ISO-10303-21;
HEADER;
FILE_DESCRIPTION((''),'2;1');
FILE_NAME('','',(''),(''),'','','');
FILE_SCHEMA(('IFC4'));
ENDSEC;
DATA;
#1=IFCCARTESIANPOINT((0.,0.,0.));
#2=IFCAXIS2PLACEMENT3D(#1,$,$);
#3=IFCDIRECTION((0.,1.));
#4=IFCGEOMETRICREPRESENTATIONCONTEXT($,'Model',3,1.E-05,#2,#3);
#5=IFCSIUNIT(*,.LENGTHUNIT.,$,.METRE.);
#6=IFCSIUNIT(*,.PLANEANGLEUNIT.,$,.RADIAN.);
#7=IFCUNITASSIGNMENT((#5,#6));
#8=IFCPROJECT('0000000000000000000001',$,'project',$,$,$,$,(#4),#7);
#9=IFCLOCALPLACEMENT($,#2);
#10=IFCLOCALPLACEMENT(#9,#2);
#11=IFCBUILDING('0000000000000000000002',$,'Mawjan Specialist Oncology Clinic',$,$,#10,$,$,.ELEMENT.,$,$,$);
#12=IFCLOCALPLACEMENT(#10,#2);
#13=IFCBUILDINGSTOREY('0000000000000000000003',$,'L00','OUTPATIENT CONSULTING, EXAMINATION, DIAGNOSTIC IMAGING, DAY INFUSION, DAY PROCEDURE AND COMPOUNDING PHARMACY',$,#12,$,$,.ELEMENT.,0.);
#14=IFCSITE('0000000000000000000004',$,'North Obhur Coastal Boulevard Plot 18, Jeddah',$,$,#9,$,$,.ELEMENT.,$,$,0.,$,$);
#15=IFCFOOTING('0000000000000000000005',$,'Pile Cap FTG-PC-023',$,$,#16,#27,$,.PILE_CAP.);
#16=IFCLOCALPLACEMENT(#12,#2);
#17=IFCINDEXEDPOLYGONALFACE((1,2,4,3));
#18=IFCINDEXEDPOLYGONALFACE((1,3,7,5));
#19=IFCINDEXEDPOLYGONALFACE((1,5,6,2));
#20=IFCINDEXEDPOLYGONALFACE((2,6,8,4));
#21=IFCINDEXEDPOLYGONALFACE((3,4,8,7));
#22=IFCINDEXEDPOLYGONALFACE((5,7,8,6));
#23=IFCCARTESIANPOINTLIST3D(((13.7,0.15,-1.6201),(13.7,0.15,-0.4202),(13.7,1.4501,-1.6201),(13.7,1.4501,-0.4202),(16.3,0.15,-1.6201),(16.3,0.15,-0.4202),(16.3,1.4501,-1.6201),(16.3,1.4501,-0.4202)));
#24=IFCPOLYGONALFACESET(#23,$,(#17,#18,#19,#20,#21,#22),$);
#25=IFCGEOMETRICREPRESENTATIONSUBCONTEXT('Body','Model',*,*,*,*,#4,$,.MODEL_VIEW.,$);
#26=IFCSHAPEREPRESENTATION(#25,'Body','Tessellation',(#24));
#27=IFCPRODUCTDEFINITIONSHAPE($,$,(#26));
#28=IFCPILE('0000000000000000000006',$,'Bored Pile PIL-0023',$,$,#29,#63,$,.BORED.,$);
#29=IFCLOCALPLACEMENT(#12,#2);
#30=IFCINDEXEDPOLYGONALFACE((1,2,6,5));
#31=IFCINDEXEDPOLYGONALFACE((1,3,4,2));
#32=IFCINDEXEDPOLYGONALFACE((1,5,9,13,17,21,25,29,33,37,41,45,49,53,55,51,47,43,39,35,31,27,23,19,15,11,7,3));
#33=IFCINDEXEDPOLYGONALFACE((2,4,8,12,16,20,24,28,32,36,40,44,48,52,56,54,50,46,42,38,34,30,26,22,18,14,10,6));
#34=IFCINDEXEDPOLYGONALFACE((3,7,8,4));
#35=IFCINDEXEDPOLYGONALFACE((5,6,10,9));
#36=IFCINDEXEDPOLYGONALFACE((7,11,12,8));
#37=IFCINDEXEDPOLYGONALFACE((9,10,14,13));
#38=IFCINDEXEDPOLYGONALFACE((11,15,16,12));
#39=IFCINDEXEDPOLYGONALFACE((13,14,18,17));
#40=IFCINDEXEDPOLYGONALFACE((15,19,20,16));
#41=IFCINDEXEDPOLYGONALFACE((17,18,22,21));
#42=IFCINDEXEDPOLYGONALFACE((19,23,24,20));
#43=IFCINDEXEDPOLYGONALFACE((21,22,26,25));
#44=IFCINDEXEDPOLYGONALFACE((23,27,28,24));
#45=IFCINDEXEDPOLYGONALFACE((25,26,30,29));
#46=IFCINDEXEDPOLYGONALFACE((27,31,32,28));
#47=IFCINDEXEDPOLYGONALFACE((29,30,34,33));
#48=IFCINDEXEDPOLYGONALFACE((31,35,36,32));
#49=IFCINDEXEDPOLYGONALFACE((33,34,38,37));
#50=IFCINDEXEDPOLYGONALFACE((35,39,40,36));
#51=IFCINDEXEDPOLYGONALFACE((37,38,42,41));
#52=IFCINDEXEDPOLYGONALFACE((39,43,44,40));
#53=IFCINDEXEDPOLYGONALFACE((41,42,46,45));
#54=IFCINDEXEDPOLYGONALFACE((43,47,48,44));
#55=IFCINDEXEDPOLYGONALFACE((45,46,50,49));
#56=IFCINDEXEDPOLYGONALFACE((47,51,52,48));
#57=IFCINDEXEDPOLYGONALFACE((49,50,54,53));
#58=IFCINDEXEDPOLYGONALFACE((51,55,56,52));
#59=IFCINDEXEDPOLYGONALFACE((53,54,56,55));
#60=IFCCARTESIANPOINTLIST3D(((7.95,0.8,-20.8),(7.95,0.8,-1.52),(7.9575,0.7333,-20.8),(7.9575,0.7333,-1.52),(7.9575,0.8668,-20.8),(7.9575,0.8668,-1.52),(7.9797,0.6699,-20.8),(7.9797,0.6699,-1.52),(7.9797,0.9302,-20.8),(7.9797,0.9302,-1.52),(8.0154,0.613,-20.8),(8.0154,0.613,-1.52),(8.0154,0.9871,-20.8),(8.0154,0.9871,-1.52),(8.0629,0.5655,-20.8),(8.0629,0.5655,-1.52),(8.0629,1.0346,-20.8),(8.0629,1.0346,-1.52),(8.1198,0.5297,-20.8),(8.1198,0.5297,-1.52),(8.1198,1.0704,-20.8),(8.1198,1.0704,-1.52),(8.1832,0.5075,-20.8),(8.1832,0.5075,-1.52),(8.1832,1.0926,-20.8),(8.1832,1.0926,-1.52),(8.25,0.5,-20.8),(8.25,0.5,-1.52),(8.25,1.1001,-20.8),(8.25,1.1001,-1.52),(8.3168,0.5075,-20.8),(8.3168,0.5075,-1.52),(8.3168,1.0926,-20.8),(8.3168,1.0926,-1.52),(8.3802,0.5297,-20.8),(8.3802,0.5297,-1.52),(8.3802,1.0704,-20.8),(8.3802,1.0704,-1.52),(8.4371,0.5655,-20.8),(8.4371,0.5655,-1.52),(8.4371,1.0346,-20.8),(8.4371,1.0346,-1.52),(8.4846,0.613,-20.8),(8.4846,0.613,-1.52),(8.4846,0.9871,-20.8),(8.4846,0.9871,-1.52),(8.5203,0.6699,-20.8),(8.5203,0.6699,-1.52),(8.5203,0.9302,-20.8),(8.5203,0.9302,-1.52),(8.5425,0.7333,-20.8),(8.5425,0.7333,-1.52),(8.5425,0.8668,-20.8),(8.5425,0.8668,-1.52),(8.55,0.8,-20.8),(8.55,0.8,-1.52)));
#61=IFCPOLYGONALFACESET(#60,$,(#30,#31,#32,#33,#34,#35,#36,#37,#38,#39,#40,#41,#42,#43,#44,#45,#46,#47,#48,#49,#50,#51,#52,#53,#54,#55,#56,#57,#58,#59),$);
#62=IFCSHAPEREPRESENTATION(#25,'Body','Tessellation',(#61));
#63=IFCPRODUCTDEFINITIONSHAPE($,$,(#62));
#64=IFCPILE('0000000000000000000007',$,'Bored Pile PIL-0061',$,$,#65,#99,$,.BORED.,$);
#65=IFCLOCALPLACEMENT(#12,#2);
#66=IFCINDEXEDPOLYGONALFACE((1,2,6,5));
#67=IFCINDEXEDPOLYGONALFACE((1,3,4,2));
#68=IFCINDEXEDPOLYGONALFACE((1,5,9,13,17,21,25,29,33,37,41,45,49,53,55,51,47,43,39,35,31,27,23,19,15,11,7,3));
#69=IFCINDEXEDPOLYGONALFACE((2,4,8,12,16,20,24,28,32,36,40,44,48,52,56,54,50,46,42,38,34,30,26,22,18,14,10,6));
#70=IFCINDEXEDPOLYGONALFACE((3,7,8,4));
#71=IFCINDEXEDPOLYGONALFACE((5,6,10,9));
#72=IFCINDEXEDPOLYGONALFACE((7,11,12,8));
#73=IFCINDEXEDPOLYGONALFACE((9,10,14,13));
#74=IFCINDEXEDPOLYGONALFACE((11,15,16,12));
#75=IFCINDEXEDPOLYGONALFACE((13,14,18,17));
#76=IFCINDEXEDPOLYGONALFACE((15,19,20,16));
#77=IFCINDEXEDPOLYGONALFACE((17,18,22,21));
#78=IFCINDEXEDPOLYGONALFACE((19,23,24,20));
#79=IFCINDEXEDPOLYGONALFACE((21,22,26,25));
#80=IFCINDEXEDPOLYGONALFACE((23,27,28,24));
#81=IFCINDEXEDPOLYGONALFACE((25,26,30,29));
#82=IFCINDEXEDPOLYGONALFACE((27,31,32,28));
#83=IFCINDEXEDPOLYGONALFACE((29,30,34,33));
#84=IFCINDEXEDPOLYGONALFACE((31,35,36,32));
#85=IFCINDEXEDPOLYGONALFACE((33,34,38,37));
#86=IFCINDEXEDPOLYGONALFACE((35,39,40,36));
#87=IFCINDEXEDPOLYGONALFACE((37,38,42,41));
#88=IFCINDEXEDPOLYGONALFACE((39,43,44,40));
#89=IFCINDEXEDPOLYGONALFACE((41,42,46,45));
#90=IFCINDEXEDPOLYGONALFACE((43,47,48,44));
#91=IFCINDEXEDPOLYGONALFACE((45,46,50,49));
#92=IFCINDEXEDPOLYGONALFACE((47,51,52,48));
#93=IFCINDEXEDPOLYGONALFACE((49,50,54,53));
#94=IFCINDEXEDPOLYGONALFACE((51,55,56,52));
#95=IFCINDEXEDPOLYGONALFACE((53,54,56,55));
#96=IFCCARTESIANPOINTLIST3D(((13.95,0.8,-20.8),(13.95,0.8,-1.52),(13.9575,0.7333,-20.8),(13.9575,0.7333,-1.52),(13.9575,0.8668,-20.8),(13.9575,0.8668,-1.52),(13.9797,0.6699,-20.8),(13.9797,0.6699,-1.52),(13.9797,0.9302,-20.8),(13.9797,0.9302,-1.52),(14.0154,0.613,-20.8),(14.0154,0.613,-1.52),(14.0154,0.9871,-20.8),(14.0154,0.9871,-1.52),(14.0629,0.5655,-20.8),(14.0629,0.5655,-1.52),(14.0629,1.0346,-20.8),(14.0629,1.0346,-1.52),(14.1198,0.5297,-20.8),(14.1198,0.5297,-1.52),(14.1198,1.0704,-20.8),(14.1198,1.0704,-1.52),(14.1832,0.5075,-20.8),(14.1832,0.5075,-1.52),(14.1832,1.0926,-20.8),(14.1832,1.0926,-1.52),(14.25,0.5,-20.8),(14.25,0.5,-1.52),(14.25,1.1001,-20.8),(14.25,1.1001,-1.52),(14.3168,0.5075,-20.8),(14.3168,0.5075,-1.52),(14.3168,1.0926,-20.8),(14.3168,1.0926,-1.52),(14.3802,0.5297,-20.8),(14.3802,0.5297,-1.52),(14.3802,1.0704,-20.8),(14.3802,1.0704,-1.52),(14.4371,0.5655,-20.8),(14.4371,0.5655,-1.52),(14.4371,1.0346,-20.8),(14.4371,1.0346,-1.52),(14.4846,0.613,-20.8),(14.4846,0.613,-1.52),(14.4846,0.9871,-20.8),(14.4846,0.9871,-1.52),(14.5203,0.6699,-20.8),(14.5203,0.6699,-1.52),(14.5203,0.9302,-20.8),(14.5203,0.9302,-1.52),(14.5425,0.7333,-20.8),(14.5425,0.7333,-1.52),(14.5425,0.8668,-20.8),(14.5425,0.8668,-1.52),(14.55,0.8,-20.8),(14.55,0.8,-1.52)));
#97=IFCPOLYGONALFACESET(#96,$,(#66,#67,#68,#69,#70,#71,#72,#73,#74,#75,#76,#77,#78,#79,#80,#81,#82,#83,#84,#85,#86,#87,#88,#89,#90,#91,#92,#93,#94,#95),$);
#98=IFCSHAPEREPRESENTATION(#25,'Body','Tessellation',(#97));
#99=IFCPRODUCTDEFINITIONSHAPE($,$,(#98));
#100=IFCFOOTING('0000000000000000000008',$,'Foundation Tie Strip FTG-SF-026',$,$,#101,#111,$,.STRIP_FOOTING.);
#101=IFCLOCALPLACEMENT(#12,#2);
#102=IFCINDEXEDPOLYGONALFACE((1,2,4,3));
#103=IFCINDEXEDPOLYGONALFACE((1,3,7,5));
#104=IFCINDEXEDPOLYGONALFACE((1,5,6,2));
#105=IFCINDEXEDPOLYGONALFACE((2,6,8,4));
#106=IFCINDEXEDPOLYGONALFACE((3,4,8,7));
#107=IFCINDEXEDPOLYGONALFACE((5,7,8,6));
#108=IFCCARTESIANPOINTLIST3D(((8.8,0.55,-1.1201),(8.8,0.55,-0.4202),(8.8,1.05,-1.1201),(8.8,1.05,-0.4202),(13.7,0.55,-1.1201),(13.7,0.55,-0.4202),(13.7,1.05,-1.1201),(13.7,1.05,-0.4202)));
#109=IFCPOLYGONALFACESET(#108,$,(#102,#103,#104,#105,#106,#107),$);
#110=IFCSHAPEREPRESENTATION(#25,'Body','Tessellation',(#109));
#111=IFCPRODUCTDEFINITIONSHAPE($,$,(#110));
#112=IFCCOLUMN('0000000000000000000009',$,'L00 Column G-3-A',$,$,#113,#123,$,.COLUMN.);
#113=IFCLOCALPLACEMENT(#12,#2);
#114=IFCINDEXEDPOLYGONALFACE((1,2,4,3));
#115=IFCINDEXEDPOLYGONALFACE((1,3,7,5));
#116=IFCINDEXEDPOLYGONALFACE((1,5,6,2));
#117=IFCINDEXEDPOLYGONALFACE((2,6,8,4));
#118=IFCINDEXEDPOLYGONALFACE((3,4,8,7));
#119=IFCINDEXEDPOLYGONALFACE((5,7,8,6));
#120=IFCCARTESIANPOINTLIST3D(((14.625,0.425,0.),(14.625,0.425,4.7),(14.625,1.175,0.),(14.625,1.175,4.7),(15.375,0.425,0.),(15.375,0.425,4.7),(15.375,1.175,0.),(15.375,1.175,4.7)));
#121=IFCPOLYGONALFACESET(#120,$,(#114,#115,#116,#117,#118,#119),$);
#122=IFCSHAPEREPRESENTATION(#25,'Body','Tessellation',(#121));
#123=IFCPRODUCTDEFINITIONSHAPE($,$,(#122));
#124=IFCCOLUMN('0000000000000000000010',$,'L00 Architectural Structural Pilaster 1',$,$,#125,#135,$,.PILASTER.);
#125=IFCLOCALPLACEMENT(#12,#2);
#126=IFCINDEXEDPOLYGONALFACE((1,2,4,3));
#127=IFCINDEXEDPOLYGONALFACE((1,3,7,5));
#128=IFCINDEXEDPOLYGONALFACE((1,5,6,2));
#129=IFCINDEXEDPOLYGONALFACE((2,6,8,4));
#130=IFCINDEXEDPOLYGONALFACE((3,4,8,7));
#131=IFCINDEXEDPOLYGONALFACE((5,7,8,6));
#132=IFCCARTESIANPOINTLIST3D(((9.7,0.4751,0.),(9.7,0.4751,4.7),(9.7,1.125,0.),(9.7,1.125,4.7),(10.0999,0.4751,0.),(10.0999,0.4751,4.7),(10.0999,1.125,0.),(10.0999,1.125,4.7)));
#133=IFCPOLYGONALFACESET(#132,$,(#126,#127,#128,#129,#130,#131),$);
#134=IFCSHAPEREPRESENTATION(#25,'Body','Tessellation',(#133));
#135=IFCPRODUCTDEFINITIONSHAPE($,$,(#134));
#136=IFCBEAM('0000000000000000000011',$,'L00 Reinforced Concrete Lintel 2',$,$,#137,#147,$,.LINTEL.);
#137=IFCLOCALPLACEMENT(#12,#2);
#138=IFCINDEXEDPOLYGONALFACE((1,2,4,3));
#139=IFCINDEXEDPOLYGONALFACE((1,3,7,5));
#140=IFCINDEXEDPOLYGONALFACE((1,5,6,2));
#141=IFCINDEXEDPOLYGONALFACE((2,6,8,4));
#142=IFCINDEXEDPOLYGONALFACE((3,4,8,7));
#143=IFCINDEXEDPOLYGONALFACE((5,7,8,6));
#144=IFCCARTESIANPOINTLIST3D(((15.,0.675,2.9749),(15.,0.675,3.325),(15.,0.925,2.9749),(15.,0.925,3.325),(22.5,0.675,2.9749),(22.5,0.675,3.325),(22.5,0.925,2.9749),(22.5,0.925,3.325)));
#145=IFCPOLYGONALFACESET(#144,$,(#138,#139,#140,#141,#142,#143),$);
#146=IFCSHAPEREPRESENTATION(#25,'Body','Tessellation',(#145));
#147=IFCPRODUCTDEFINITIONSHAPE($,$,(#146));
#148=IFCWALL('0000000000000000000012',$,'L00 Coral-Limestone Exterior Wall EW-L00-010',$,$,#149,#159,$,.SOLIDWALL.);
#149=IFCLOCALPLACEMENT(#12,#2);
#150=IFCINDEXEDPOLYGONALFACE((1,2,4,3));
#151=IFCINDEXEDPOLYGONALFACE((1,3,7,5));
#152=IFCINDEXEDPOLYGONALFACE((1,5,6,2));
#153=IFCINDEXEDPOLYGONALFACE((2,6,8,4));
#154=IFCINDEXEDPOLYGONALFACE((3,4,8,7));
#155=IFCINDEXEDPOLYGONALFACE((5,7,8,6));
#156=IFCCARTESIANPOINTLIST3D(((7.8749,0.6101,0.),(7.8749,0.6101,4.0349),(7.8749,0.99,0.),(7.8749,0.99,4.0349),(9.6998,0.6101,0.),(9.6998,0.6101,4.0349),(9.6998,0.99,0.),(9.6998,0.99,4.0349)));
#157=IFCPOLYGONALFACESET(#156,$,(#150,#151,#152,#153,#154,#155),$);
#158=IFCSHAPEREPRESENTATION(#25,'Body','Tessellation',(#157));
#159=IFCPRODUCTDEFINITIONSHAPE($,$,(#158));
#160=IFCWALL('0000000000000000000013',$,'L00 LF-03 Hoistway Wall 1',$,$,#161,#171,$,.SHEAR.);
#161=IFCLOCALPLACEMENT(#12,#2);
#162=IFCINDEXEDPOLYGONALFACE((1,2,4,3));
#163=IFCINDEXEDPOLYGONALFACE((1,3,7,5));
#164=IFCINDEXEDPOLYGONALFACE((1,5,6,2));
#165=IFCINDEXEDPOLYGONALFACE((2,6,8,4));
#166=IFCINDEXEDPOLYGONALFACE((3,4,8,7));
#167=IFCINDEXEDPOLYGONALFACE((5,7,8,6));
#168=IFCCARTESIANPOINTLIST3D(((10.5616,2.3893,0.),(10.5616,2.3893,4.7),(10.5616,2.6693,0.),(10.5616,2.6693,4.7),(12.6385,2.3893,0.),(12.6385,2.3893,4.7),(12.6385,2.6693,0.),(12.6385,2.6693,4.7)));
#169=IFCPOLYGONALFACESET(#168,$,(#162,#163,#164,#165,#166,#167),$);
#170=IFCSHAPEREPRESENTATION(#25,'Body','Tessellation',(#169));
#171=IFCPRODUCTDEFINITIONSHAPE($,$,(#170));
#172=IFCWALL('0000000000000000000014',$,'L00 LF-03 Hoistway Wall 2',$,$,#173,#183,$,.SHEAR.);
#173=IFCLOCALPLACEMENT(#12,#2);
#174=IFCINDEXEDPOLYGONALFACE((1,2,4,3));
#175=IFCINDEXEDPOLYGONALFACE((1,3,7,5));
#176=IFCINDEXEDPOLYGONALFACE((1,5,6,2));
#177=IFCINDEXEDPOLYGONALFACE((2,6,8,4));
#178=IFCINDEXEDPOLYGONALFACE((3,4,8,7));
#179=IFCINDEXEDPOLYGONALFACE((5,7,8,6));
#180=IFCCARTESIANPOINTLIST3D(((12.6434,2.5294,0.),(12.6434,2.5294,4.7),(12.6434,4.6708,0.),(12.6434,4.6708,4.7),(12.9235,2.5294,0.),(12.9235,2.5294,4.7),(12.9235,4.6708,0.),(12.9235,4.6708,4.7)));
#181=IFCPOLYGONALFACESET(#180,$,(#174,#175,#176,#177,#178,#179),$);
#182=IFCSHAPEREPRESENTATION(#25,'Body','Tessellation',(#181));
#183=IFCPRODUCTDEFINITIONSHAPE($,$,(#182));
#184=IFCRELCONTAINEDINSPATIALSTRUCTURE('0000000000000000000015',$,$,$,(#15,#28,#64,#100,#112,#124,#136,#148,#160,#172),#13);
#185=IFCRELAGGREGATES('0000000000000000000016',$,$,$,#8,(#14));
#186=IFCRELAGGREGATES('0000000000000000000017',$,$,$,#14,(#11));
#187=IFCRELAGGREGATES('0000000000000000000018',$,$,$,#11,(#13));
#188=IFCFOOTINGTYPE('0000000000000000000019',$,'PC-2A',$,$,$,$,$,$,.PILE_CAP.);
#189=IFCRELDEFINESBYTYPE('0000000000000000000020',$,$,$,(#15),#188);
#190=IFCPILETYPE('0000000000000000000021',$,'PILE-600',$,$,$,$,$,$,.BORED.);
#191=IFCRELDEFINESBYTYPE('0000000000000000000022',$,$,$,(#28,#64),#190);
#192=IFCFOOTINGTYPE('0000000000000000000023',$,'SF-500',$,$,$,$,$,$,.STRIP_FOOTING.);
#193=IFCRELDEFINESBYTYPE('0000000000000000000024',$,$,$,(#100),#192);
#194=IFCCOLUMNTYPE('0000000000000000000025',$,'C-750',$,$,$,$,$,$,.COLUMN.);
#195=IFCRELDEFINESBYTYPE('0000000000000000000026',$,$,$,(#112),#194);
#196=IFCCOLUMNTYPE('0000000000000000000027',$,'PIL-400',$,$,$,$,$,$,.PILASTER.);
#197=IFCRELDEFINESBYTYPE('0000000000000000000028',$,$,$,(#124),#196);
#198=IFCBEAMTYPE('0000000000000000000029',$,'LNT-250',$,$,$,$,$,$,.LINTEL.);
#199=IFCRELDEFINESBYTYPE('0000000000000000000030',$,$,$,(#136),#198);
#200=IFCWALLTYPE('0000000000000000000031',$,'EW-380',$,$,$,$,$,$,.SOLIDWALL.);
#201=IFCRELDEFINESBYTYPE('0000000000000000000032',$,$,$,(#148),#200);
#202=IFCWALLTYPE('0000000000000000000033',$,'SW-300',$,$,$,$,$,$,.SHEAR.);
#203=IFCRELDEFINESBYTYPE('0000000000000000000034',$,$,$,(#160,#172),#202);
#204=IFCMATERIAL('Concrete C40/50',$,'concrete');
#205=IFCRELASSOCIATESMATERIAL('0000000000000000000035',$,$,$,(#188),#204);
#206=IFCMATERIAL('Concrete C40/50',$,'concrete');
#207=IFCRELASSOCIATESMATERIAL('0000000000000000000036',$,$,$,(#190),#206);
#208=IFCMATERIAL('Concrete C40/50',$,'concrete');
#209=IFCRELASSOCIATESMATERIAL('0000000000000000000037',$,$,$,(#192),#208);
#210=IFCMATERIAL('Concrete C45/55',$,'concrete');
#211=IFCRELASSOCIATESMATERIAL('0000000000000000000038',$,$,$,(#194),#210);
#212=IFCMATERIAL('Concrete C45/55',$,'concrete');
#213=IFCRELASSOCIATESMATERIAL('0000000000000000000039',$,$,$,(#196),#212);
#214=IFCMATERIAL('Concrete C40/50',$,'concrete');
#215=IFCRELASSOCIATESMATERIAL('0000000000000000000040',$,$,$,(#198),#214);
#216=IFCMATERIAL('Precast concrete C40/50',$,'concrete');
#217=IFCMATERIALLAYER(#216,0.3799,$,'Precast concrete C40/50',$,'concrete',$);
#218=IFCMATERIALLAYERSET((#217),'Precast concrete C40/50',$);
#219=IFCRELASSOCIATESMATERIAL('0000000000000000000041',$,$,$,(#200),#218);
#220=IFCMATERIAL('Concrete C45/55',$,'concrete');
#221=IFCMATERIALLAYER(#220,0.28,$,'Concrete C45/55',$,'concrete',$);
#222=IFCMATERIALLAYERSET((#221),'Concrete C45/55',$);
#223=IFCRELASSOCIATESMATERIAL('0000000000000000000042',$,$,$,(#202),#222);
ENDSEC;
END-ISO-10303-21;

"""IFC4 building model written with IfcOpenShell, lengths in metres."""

from ifc_helpers import new_model, si_unit, direction, frame, frame_2d, origin, origin_2d, place, context, subcontext, project, spatial, rectangle, circle, extrude, material, layer, layer_set, material_profile, profile_set, type_object, element, save


model = new_model("IFC4")

# Units and contexts
model_context = context("Model", 3, precision=1e-05, world=origin(), true_north=direction((0.0, 1.0)))
body_context = subcontext(model_context, "Body", "Model", "MODEL_VIEW")
ifc_project = project(units=[si_unit("LENGTHUNIT", "METRE"), si_unit("PLANEANGLEUNIT", "RADIAN")], contexts=[model_context])

# Site, building, storey
site_placement = place(None, origin())
site = spatial("IfcSite", under=ifc_project, at=site_placement, Name="North Obhur Coastal Boulevard Plot 18, Jeddah", CompositionType="ELEMENT", RefElevation=0.0)
building_placement = place(site_placement, origin())
building = spatial("IfcBuilding", under=site, at=building_placement, Name="Mawjan Specialist Oncology Clinic", CompositionType="ELEMENT")
storey_placement = place(building_placement, origin())
storey = spatial("IfcBuildingStorey", under=building, at=storey_placement, Name="L00", Description="OUTPATIENT CONSULTING, EXAMINATION, DIAGNOSTIC IMAGING, DAY INFUSION, DAY PROCEDURE AND COMPOUNDING PHARMACY", CompositionType="ELEMENT", Elevation=0.0)

# Footing
ifc_material_1 = material(Name="Concrete C40/50", Category="concrete")
footing_type_1 = type_object("IfcFootingType", Name="PC-2A", PredefinedType="PILE_CAP", material=ifc_material_1)
footing_1_placement = place(storey_placement, frame((15.0, 0.8, -1.6201), z_axis=(0.0, 0.0, 1.0), x_axis=(1.0, 0.0, 0.0)))
element("IfcFooting", 1, at=footing_1_placement, inside=storey, type_object=footing_type_1, Name="Pile Cap FTG-PC-023", PredefinedType="PILE_CAP", context=body_context, shape_type="SweptSolid", body=[
    extrude(rectangle(XDim=2.6001, YDim=1.3, at=origin_2d()), origin(), (0.0, 0.0, 1.0), 1.2),
])

# Piles
ifc_material_2 = material(Name="Concrete C40/50", Category="concrete")
ifc_material_profile_1 = material_profile(ifc_material_2, circle(Radius=0.3, at=origin_2d()), Name="BORED PILE D600", Category="concrete")
ifc_profile_set_1 = profile_set([ifc_material_profile_1], Name="Concrete C40/50")
pile_type = type_object("IfcPileType", Name="PILE-600", PredefinedType="BORED", material=ifc_profile_set_1)
for number, where, z_axis, x_axis, name in (
    (2, (8.25, 0.8, -1.52), (0.0, 0.0, -1.0), (1.0, 0.0, 0.0), "Bored Pile PIL-0023"),
    (3, (14.25, 0.8, -1.52), (0.0, 0.0, -1.0), (1.0, 0.0, 0.0), "Bored Pile PIL-0061"),
):
    element("IfcPile", number, at=place(storey_placement, frame(where, z_axis=z_axis, x_axis=x_axis)), inside=storey, type_object=pile_type, Name=name, PredefinedType="BORED", context=body_context, shape_type="SweptSolid", body=[
        extrude(circle(Radius=0.3, at=origin_2d()), origin(), (0.0, 0.0, 1.0), 19.28),
    ])

# Footing
ifc_material_3 = material(Name="Concrete C40/50", Category="concrete")
footing_type_2 = type_object("IfcFootingType", Name="SF-500", PredefinedType="STRIP_FOOTING", material=ifc_material_3)
footing_2_placement = place(storey_placement, frame((11.25, 0.8, -1.1201), z_axis=(0.0, 0.0, 1.0), x_axis=(1.0, 0.0, 0.0)))
element("IfcFooting", 4, at=footing_2_placement, inside=storey, type_object=footing_type_2, Name="Foundation Tie Strip FTG-SF-026", PredefinedType="STRIP_FOOTING", context=body_context, shape_type="SweptSolid", body=[
    extrude(rectangle(XDim=4.8999, YDim=0.5, at=origin_2d()), origin(), (0.0, 0.0, 1.0), 0.7),
])

# Columns
ifc_material_4 = material(Name="Concrete C45/55", Category="concrete")
ifc_material_profile_2 = material_profile(ifc_material_4, rectangle(XDim=0.75, YDim=0.75, at=origin_2d()), Name="RC COL 750x750", Category="concrete")
ifc_profile_set_2 = profile_set([ifc_material_profile_2], Name="Concrete C45/55")
column_type_1 = type_object("IfcColumnType", Name="C-750", PredefinedType="COLUMN", material=ifc_profile_set_2)
column_1_placement = place(storey_placement, frame((15.0, 0.8, 0.0), z_axis=(0.0, 0.0, 1.0), x_axis=(1.0, 0.0, 0.0)))
element("IfcColumn", 5, at=column_1_placement, inside=storey, type_object=column_type_1, Name="L00 Column G-3-A", PredefinedType="COLUMN", context=body_context, shape_type="SweptSolid", body=[
    extrude(rectangle(XDim=0.75, YDim=0.75, at=origin_2d()), origin(), (0.0, 0.0, 1.0), 4.7),
])
ifc_material_5 = material(Name="Concrete C45/55", Category="concrete")
ifc_material_profile_3 = material_profile(ifc_material_5, rectangle(XDim=0.3999, YDim=0.6499, at=origin_2d()), Name="RC PIL 400x650", Category="concrete")
ifc_profile_set_3 = profile_set([ifc_material_profile_3], Name="Concrete C45/55")
column_type_2 = type_object("IfcColumnType", Name="PIL-400", PredefinedType="PILASTER", material=ifc_profile_set_3)
column_2_placement = place(storey_placement, frame((9.8999, 0.8, 0.0), z_axis=(0.0, 0.0, 1.0), x_axis=(1.0, 0.0, 0.0)))
element("IfcColumn", 6, at=column_2_placement, inside=storey, type_object=column_type_2, Name="L00 Architectural Structural Pilaster 1", PredefinedType="PILASTER", context=body_context, shape_type="SweptSolid", body=[
    extrude(rectangle(XDim=0.3999, YDim=0.6499, at=origin_2d()), origin(), (0.0, 0.0, 1.0), 4.7),
])

# Beam
ifc_material_6 = material(Name="Concrete C40/50", Category="concrete")
ifc_material_profile_4 = material_profile(ifc_material_6, rectangle(XDim=0.25, YDim=0.3501, at=origin_2d()), Name="RC LINTEL 250x350", Category="concrete")
ifc_profile_set_4 = profile_set([ifc_material_profile_4], Name="Concrete C40/50")
beam_type = type_object("IfcBeamType", Name="LNT-250", PredefinedType="LINTEL", material=ifc_profile_set_4)
beam_placement = place(storey_placement, frame((15.0, 0.8, 3.1499), z_axis=(1.0, 0.0, 0.0), x_axis=(0.0, 1.0, 0.0)))
element("IfcBeam", 7, at=beam_placement, inside=storey, type_object=beam_type, Name="L00 Reinforced Concrete Lintel 2", PredefinedType="LINTEL", context=body_context, shape_type="SweptSolid", body=[
    extrude(rectangle(XDim=0.25, YDim=0.3501, at=origin_2d()), origin(), (0.0, 0.0, 1.0), 7.5),
])

# Shared definitions
ifc_material_7 = material(Name="Precast concrete C40/50", Category="concrete")
ifc_layer_1 = layer(ifc_material_7, 0.3799, Name="Precast concrete C40/50", Category="concrete")
ifc_layer_set_1 = layer_set([ifc_layer_1], Name="Precast concrete C40/50")
wall_type_1 = type_object("IfcWallType", Name="EW-380", PredefinedType="SOLIDWALL", material=ifc_layer_set_1)

# Walls
wall_1_placement = place(storey_placement, frame((9.7, 0.8, 0.0), z_axis=(0.0, 0.0, 1.0), x_axis=(-1.0, 0.0, 0.0)))
element("IfcWall", 8, at=wall_1_placement, inside=storey, type_object=wall_type_1, Name="L00 Coral-Limestone Exterior Wall EW-L00-010", PredefinedType="SOLIDWALL", context=body_context, shape_type="SweptSolid", body=[
    extrude(rectangle(XDim=1.825, YDim=0.3799, at=frame_2d((0.9126, 0.0))), origin(), (0.0, 0.0, 1.0), 4.0349),
])
ifc_material_8 = material(Name="Concrete C45/55", Category="concrete")
ifc_layer_2 = layer(ifc_material_8, 0.28, Name="Concrete C45/55", Category="concrete")
ifc_layer_set_2 = layer_set([ifc_layer_2], Name="Concrete C45/55")
wall_type_2 = type_object("IfcWallType", Name="SW-300", PredefinedType="SHEAR", material=ifc_layer_set_2)
wall_2_placement = place(storey_placement, frame((10.5615, 2.5293, 0.0), z_axis=(0.0, 0.0, 1.0), x_axis=(1.0, 0.0, 0.0)))
element("IfcWall", 9, at=wall_2_placement, inside=storey, type_object=wall_type_2, Name="L00 LF-03 Hoistway Wall 1", PredefinedType="SHEAR", context=body_context, shape_type="SweptSolid", body=[
    extrude(rectangle(XDim=2.0769, YDim=0.28, at=frame_2d((1.0386, 0.0))), origin(), (0.0, 0.0, 1.0), 4.7),
])
wall_3_placement = place(storey_placement, frame((12.7834, 2.5293, 0.0), z_axis=(0.0, 0.0, 1.0), x_axis=(0.0, 1.0, 0.0)))
element("IfcWall", 10, at=wall_3_placement, inside=storey, type_object=wall_type_2, Name="L00 LF-03 Hoistway Wall 2", PredefinedType="SHEAR", context=body_context, shape_type="SweptSolid", body=[
    extrude(rectangle(XDim=2.1414, YDim=0.28, at=frame_2d((1.0708, 0.0))), origin(), (0.0, 0.0, 1.0), 4.7),
])

save(model, "model.ifc")
